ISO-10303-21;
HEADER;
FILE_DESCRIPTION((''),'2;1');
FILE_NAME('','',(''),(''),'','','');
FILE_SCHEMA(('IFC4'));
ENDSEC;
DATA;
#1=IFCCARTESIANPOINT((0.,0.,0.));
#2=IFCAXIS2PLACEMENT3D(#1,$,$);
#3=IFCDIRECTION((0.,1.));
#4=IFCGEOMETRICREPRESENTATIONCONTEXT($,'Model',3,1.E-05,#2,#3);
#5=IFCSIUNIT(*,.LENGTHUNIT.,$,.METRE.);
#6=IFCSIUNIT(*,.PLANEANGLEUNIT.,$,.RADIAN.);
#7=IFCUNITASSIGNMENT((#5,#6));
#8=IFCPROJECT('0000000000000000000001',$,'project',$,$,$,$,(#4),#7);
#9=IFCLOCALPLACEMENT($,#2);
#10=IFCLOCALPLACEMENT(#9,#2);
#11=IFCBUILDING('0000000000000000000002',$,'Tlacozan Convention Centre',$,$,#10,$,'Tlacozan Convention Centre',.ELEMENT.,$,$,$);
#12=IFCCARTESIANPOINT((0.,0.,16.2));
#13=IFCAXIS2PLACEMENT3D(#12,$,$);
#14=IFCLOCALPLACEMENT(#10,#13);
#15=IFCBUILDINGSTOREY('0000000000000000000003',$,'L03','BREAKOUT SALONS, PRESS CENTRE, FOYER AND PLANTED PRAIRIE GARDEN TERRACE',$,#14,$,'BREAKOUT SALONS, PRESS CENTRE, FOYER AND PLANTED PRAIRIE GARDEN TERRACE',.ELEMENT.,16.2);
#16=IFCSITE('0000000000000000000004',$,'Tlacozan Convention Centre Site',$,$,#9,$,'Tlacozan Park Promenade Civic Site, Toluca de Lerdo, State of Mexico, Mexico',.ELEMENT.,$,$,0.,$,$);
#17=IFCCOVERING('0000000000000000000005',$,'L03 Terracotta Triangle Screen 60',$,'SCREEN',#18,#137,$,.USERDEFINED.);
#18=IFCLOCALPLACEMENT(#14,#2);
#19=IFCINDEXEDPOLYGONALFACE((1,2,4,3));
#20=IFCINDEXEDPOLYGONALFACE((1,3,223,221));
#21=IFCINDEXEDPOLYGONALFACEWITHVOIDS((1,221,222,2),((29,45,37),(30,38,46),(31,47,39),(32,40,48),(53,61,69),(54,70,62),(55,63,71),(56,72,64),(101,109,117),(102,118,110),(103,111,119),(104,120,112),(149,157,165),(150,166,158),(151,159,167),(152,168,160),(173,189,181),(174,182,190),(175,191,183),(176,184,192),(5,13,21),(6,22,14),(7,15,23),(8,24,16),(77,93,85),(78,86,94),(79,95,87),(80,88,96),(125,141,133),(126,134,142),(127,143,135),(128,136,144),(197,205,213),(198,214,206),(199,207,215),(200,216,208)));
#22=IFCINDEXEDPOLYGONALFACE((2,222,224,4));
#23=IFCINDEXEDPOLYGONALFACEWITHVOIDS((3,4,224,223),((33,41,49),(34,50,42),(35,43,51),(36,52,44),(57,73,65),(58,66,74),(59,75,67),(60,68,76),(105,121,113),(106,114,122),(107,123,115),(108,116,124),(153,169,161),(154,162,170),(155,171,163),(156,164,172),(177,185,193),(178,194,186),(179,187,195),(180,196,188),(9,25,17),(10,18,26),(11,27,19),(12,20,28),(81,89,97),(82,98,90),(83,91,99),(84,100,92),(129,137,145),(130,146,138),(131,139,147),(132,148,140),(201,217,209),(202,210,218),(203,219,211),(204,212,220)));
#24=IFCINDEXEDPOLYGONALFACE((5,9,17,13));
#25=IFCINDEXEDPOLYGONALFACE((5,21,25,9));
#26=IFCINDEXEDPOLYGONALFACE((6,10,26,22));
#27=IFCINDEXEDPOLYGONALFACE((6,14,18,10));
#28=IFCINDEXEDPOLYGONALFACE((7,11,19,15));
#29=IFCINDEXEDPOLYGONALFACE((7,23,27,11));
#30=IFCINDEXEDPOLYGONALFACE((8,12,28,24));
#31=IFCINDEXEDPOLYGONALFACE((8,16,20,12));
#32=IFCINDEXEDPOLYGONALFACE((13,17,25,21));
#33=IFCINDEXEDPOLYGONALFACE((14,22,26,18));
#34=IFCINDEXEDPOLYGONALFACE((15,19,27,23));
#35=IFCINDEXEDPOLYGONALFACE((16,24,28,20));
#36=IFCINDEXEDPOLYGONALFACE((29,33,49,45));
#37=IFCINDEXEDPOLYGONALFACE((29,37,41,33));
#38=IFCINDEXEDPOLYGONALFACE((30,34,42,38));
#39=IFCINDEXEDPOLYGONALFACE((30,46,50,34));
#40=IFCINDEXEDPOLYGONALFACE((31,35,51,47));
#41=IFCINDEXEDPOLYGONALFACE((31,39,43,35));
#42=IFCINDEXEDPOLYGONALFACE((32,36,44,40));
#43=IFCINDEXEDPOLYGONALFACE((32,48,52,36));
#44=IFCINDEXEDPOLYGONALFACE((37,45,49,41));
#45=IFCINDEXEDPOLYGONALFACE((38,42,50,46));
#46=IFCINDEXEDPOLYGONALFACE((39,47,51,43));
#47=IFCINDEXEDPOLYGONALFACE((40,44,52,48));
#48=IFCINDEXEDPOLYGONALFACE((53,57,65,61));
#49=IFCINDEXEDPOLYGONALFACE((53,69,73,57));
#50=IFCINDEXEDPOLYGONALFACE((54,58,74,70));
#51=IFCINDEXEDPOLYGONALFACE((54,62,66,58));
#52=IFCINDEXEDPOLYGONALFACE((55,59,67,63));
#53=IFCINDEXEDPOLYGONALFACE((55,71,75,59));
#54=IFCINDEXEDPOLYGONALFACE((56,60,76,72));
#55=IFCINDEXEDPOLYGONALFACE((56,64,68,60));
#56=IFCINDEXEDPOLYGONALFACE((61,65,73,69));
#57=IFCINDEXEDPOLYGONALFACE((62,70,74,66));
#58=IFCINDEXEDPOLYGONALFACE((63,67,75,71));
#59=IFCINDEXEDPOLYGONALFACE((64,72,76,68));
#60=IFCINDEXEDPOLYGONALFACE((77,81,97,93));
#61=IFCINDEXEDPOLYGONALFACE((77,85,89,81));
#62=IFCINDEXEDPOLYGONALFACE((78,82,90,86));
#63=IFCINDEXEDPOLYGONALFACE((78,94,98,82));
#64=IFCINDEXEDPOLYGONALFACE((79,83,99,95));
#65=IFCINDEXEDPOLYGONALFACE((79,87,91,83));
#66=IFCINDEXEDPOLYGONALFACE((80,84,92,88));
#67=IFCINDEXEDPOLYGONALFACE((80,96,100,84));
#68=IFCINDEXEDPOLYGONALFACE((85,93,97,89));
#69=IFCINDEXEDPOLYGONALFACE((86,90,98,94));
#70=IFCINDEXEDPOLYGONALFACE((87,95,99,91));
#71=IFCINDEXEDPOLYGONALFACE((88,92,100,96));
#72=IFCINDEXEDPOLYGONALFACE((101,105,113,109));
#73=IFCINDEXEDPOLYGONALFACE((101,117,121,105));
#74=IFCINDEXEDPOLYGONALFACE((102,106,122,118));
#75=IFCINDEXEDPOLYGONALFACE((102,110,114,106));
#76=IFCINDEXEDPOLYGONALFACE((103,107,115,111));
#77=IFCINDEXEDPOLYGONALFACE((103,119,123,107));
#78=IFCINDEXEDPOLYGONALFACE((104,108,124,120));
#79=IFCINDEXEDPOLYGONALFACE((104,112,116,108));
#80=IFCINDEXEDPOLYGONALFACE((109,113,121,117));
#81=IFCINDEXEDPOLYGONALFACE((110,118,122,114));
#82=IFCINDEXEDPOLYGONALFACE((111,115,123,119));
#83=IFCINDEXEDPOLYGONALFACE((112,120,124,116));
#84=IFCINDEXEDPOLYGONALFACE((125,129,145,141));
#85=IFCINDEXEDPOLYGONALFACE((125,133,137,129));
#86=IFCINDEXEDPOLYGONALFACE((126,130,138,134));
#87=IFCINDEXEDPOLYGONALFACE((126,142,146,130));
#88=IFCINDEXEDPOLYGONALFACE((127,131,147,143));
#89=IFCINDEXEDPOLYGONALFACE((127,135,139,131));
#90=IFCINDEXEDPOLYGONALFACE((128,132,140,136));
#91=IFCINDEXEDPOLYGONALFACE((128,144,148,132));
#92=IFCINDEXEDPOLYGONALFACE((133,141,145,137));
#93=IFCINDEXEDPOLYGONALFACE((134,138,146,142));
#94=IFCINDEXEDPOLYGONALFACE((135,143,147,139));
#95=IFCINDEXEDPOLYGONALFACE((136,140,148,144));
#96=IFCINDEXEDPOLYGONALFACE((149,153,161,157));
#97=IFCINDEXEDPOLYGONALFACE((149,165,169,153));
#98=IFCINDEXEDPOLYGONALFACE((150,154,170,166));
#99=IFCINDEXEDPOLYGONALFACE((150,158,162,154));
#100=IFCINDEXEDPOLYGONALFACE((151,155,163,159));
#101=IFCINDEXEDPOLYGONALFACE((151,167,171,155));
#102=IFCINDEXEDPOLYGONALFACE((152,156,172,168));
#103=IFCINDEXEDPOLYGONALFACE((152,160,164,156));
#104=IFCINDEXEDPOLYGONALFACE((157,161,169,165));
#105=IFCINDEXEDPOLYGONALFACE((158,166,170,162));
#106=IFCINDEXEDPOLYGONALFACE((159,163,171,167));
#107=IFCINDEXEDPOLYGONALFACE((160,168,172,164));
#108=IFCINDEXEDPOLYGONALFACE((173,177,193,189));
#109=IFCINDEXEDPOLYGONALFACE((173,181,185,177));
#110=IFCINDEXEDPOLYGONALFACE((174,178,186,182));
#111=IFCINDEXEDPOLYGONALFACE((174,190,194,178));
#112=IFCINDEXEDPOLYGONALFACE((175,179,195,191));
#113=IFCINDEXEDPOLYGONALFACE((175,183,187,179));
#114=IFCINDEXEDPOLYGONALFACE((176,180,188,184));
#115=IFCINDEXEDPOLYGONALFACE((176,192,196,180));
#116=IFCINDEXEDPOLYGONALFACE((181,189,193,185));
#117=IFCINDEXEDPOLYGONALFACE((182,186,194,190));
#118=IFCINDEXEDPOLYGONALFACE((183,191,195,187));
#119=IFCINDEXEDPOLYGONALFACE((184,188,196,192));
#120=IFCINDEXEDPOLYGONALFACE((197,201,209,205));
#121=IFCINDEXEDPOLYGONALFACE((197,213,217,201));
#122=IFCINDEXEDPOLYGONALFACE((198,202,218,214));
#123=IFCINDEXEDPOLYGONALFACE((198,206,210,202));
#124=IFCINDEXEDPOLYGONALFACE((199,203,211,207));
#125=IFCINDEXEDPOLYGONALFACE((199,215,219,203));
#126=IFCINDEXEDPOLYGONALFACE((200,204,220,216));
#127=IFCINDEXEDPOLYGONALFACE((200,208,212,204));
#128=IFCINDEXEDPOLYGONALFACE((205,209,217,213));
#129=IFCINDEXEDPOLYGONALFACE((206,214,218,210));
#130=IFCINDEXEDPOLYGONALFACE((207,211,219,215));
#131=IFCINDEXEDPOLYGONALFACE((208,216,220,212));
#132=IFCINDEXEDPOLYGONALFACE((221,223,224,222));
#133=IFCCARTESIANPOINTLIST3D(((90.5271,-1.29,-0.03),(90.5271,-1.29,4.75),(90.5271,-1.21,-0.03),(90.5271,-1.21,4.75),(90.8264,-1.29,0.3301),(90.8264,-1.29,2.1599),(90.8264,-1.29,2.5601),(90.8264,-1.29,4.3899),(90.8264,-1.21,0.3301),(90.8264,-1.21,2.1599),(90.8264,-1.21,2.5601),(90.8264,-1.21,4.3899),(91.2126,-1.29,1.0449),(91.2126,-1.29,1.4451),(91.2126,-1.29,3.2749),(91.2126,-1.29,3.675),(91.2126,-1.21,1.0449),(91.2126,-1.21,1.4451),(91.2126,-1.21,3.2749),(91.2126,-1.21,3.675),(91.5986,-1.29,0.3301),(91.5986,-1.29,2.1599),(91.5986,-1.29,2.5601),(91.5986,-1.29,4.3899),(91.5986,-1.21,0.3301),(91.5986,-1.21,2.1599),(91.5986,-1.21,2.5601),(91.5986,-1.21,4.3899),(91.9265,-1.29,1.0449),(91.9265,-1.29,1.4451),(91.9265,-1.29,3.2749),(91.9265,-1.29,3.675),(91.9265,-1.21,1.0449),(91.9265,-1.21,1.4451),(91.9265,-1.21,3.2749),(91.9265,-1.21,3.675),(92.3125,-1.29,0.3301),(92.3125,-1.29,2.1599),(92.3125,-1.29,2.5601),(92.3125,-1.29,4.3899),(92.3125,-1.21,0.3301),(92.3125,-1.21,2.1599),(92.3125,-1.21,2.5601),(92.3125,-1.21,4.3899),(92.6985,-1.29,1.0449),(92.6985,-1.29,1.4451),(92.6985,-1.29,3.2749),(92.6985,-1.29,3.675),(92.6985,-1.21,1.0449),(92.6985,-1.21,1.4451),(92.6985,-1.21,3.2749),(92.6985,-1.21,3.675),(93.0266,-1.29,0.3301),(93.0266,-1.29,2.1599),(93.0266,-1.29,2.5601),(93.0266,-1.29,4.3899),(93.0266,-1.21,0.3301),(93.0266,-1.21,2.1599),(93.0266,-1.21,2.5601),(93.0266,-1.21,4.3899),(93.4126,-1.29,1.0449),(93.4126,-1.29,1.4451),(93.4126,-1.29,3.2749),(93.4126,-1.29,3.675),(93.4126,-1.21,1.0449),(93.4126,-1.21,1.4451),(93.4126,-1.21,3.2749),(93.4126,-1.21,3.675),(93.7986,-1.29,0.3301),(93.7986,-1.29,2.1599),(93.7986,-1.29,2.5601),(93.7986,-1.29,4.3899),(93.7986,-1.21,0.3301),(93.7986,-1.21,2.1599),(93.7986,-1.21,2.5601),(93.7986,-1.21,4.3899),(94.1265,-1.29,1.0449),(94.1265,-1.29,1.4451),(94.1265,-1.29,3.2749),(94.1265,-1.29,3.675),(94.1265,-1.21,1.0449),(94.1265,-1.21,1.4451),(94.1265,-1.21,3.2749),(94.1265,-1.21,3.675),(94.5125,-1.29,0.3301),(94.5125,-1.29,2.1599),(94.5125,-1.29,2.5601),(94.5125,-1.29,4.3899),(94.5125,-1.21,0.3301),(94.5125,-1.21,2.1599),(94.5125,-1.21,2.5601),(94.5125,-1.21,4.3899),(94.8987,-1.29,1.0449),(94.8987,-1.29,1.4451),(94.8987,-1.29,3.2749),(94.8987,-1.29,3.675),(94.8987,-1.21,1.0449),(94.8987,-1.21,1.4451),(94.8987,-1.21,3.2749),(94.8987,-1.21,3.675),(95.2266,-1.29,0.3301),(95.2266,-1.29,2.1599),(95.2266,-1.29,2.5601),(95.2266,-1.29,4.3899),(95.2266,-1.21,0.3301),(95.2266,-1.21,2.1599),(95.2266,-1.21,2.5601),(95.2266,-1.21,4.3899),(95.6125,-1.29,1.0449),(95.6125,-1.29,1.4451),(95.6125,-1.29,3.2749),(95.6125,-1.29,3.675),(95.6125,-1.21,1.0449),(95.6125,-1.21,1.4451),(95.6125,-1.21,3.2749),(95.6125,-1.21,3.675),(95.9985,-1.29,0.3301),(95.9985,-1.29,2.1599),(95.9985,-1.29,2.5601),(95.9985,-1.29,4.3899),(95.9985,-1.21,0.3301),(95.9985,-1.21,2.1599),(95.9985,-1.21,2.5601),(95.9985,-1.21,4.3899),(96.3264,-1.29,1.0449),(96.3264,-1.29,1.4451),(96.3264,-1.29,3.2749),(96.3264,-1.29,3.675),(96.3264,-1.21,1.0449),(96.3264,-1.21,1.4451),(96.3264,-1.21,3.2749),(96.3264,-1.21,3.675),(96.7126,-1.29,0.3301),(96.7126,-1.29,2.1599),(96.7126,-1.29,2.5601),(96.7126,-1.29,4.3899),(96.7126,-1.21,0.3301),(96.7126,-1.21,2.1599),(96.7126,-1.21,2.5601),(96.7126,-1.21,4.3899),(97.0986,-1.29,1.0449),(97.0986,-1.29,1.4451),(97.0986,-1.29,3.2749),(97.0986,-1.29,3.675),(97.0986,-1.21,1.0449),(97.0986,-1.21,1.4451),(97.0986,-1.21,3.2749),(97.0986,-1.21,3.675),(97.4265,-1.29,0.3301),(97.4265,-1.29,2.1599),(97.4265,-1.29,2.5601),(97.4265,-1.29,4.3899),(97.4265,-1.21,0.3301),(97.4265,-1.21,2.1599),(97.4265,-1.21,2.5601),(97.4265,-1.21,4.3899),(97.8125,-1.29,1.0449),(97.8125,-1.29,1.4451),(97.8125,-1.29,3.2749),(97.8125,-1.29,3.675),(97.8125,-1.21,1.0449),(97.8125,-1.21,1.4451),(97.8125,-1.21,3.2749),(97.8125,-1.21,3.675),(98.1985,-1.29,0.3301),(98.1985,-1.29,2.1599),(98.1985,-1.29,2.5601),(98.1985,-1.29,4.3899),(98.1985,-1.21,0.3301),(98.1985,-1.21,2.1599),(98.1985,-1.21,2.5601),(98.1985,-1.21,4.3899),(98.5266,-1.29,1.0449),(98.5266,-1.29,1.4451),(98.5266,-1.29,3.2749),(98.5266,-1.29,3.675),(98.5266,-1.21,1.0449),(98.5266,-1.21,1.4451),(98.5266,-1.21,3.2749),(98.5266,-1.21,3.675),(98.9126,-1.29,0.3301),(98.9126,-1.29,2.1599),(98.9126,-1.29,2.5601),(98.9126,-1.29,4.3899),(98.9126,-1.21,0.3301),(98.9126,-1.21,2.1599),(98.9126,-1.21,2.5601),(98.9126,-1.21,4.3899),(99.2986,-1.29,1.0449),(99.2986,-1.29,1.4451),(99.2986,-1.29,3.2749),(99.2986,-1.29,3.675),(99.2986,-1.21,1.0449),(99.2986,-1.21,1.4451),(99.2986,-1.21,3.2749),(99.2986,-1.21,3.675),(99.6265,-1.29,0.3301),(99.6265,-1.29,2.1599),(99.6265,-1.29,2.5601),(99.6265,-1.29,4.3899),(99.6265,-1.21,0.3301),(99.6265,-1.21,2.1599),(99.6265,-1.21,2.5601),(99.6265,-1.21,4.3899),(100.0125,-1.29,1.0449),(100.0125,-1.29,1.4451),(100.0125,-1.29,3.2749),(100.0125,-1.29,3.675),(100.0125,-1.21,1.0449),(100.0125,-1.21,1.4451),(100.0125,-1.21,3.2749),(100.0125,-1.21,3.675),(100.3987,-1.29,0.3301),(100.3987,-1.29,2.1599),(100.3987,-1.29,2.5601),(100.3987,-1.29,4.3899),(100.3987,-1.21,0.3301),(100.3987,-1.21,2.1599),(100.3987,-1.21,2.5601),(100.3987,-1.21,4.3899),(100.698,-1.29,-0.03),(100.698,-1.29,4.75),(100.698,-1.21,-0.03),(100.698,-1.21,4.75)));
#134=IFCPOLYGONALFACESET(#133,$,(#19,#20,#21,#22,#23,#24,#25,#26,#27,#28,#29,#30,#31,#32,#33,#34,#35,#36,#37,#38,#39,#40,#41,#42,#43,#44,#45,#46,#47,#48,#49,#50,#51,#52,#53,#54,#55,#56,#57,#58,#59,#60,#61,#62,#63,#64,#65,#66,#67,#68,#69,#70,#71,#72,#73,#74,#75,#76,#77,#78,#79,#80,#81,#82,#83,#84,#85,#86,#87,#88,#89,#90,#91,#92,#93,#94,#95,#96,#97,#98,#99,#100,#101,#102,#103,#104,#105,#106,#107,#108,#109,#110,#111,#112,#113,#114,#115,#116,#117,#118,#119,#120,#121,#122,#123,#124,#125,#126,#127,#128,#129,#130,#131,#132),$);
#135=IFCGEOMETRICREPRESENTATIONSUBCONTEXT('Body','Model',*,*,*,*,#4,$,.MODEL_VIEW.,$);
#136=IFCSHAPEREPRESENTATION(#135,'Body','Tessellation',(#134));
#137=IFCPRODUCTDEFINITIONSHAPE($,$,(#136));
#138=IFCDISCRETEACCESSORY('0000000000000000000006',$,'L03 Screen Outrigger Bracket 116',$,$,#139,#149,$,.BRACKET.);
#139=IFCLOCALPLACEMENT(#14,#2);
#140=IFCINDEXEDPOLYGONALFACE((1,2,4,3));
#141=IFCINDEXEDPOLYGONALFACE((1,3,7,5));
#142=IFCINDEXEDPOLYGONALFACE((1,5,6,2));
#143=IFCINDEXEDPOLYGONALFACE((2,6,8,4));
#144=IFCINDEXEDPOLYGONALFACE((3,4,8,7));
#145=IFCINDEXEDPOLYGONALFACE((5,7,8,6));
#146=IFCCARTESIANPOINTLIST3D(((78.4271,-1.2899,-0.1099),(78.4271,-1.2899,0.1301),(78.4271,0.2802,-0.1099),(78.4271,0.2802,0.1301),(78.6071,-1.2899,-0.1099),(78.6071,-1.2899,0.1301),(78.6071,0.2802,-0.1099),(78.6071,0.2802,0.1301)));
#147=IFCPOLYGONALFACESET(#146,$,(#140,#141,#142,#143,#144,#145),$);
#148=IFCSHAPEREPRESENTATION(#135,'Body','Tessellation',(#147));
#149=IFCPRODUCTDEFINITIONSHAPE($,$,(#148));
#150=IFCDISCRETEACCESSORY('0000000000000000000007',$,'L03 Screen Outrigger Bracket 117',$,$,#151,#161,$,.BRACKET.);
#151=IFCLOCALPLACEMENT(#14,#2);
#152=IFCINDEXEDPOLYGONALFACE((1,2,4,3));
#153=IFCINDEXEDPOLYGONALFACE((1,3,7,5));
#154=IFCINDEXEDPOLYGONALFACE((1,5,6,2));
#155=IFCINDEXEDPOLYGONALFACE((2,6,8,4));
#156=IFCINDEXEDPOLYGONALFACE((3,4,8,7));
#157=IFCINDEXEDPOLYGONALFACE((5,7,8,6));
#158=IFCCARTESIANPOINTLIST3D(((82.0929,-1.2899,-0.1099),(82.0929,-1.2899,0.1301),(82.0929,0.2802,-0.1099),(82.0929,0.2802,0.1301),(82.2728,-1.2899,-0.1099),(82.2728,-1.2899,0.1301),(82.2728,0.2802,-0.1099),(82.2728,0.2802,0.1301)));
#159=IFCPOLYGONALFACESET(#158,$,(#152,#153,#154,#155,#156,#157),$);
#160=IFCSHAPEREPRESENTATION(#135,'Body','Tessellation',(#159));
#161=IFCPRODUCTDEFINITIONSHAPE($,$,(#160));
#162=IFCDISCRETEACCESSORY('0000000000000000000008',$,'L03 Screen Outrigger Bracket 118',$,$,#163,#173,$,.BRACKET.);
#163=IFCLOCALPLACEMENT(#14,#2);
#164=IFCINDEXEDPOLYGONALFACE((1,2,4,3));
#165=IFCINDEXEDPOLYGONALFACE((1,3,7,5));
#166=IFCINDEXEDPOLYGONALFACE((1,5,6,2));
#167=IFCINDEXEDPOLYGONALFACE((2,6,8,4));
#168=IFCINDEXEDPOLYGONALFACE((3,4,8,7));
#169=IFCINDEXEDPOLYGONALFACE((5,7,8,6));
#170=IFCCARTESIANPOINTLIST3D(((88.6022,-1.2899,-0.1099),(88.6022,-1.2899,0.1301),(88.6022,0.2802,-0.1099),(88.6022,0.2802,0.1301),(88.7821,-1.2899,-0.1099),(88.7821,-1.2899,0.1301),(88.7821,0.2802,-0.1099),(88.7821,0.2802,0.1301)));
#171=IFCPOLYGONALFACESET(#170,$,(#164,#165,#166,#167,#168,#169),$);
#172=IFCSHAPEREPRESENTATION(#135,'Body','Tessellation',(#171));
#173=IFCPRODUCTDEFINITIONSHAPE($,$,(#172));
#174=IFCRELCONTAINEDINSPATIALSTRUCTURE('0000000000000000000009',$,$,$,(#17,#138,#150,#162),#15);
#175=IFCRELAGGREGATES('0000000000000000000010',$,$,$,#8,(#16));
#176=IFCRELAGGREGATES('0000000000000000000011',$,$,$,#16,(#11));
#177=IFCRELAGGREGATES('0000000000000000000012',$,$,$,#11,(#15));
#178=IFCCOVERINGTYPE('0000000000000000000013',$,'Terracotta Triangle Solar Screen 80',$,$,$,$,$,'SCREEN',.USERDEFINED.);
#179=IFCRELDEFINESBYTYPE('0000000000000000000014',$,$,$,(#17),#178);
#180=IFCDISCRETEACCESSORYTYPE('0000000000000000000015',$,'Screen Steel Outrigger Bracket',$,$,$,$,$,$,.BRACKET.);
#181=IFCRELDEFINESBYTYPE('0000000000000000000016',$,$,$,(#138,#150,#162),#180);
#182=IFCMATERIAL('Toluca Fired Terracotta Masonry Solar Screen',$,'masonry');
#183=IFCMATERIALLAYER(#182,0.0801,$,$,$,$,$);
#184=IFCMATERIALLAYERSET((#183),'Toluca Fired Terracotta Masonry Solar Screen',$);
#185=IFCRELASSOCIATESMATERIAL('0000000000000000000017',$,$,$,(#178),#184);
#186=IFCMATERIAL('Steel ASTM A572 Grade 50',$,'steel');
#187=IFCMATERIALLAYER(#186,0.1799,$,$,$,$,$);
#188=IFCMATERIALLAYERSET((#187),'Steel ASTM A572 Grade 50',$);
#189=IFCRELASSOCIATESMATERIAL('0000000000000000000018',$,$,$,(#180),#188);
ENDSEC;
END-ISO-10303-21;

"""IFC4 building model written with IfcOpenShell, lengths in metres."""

from ifc_helpers import new_model, si_unit, direction, frame, origin, origin_2d, place, context, subcontext, project, spatial, polyline, rectangle, outline, extrude, material, layer, layer_set, type_object, element, save


model = new_model("IFC4")

# Units and contexts
model_context = context("Model", 3, precision=1e-05, world=origin(), true_north=direction((0.0, 1.0)))
body_context = subcontext(model_context, "Body", "Model", "MODEL_VIEW")
ifc_project = project(units=[si_unit("LENGTHUNIT", "METRE"), si_unit("PLANEANGLEUNIT", "RADIAN")], contexts=[model_context])

# Site, building, storey
site_placement = place(None, origin())
site = spatial("IfcSite", under=ifc_project, at=site_placement, Name="Tlacozan Convention Centre Site", LongName="Tlacozan Park Promenade Civic Site, Toluca de Lerdo, State of Mexico, Mexico", CompositionType="ELEMENT", RefElevation=0.0)
building_placement = place(site_placement, origin())
building = spatial("IfcBuilding", under=site, at=building_placement, Name="Tlacozan Convention Centre", LongName="Tlacozan Convention Centre", CompositionType="ELEMENT")
storey_placement = place(building_placement, frame((0.0, 0.0, 16.2)))
storey = spatial("IfcBuildingStorey", under=building, at=storey_placement, Name="L03", Description="BREAKOUT SALONS, PRESS CENTRE, FOYER AND PLANTED PRAIRIE GARDEN TERRACE", LongName="BREAKOUT SALONS, PRESS CENTRE, FOYER AND PLANTED PRAIRIE GARDEN TERRACE", CompositionType="ELEMENT", Elevation=16.2)

# Covering
ifc_material_1 = material(Name="Toluca Fired Terracotta Masonry Solar Screen", Category="masonry")
ifc_layer_1 = layer(ifc_material_1, 0.0801)
ifc_layer_set_1 = layer_set([ifc_layer_1], Name="Toluca Fired Terracotta Masonry Solar Screen")
covering_type = type_object("IfcCoveringType", Name="Terracotta Triangle Solar Screen 80", ElementType="SCREEN", PredefinedType="USERDEFINED", material=ifc_layer_set_1)
covering_1_placement = place(storey_placement, frame((90.5271, -1.25, -0.03), z_axis=(0.0, 0.0, 1.0), x_axis=(1.0, 0.0, 0.0)))
element("IfcCovering", 1, at=covering_1_placement, inside=storey, type_object=covering_type, Name="L03 Terracotta Triangle Screen 60", ObjectType="SCREEN", PredefinedType="USERDEFINED", context=body_context, shape_type="SweptSolid", body=[
    extrude(outline(polyline([(0.0, 0.0), (10.1709, 0.0), (10.1709, 4.78), (0.0, 4.78), (0.0, 0.0)]), holes=[polyline([(0.2993, 0.3601), (1.0715, 0.3601), (0.6855, 1.075), (0.2993, 0.3601)]), polyline([(1.3994, 1.075), (2.1714, 1.075), (1.7854, 0.3601), (1.3994, 1.075)]), polyline([(2.4995, 0.3601), (3.2715, 0.3601), (2.8855, 1.075), (2.4995, 0.3601)]), polyline([(3.5994, 1.075), (4.3716, 1.075), (3.9854, 0.3601), (3.5994, 1.075)]), polyline([(4.6995, 0.3601), (5.4714, 0.3601), (5.0854, 1.075), (4.6995, 0.3601)]), polyline([(5.7993, 1.075), (6.5715, 1.075), (6.1855, 0.3601), (5.7993, 1.075)]), polyline([(6.8994, 0.3601), (7.6714, 0.3601), (7.2854, 1.075), (6.8994, 0.3601)]), polyline([(7.9995, 1.075), (8.7715, 1.075), (8.3855, 0.3601), (7.9995, 1.075)]), polyline([(9.0994, 0.3601), (9.8716, 0.3601), (9.4854, 1.075), (9.0994, 0.3601)]), polyline([(0.2993, 2.1899), (1.0715, 2.1899), (0.6855, 1.4751), (0.2993, 2.1899)]), polyline([(1.3994, 1.4751), (2.1714, 1.4751), (1.7854, 2.1899), (1.3994, 1.4751)]), polyline([(2.4995, 2.1899), (3.2715, 2.1899), (2.8855, 1.4751), (2.4995, 2.1899)]), polyline([(3.5994, 1.4751), (4.3716, 1.4751), (3.9854, 2.1899), (3.5994, 1.4751)]), polyline([(4.6995, 2.1899), (5.4714, 2.1899), (5.0854, 1.4751), (4.6995, 2.1899)]), polyline([(5.7993, 1.4751), (6.5715, 1.4751), (6.1855, 2.1899), (5.7993, 1.4751)]), polyline([(6.8994, 2.1899), (7.6714, 2.1899), (7.2854, 1.4751), (6.8994, 2.1899)]), polyline([(7.9995, 1.4751), (8.7715, 1.4751), (8.3855, 2.1899), (7.9995, 1.4751)]), polyline([(9.0994, 2.1899), (9.8716, 2.1899), (9.4854, 1.4751), (9.0994, 2.1899)]), polyline([(0.2993, 2.5901), (1.0715, 2.5901), (0.6855, 3.3049), (0.2993, 2.5901)]), polyline([(1.3994, 3.3049), (2.1714, 3.3049), (1.7854, 2.5901), (1.3994, 3.3049)]), polyline([(2.4995, 2.5901), (3.2715, 2.5901), (2.8855, 3.3049), (2.4995, 2.5901)]), polyline([(3.5994, 3.3049), (4.3716, 3.3049), (3.9854, 2.5901), (3.5994, 3.3049)]), polyline([(4.6995, 2.5901), (5.4714, 2.5901), (5.0854, 3.3049), (4.6995, 2.5901)]), polyline([(5.7993, 3.3049), (6.5715, 3.3049), (6.1855, 2.5901), (5.7993, 3.3049)]), polyline([(6.8994, 2.5901), (7.6714, 2.5901), (7.2854, 3.3049), (6.8994, 2.5901)]), polyline([(7.9995, 3.3049), (8.7715, 3.3049), (8.3855, 2.5901), (7.9995, 3.3049)]), polyline([(9.0994, 2.5901), (9.8716, 2.5901), (9.4854, 3.3049), (9.0994, 2.5901)]), polyline([(0.2993, 4.4199), (1.0715, 4.4199), (0.6855, 3.7051), (0.2993, 4.4199)]), polyline([(1.3994, 3.7051), (2.1714, 3.7051), (1.7854, 4.4199), (1.3994, 3.7051)]), polyline([(2.4995, 4.4199), (3.2715, 4.4199), (2.8855, 3.7051), (2.4995, 4.4199)]), polyline([(3.5994, 3.7051), (4.3716, 3.7051), (3.9854, 4.4199), (3.5994, 3.7051)]), polyline([(4.6995, 4.4199), (5.4714, 4.4199), (5.0854, 3.7051), (4.6995, 4.4199)]), polyline([(5.7993, 3.7051), (6.5715, 3.7051), (6.1855, 4.4199), (5.7993, 3.7051)]), polyline([(6.8994, 4.4199), (7.6714, 4.4199), (7.2854, 3.7051), (6.8994, 4.4199)]), polyline([(7.9995, 3.7051), (8.7715, 3.7051), (8.3855, 4.4199), (7.9995, 3.7051)]), polyline([(9.0994, 4.4199), (9.8716, 4.4199), (9.4854, 3.7051), (9.0994, 4.4199)])]), frame((0.0, 0.04, 0.0), z_axis=(0.0, -1.0, 0.0), x_axis=(1.0, 0.0, 0.0)), (0.0, 0.0, 1.0), 0.0801),
])

# Discrete accessories
ifc_material_2 = material(Name="Steel ASTM A572 Grade 50", Category="steel")
ifc_layer_2 = layer(ifc_material_2, 0.1799)
ifc_layer_set_2 = layer_set([ifc_layer_2], Name="Steel ASTM A572 Grade 50")
discrete_accessory_type = type_object("IfcDiscreteAccessoryType", Name="Screen Steel Outrigger Bracket", PredefinedType="BRACKET", material=ifc_layer_set_2)
for number, where, z_axis, x_axis, name in (
    (2, (78.5171, -0.5049, -0.1099), (0.0, 0.0, 1.0), (0.0, 1.0, 0.0), "L03 Screen Outrigger Bracket 116"),
    (3, (82.1829, -0.5049, -0.1099), (0.0, 0.0, 1.0), (0.0, 1.0, 0.0), "L03 Screen Outrigger Bracket 117"),
    (4, (88.6921, -0.5049, -0.1099), (0.0, 0.0, 1.0), (0.0, 1.0, 0.0), "L03 Screen Outrigger Bracket 118"),
):
    element("IfcDiscreteAccessory", number, at=place(storey_placement, frame(where, z_axis=z_axis, x_axis=x_axis)), inside=storey, type_object=discrete_accessory_type, Name=name, PredefinedType="BRACKET", context=body_context, shape_type="SweptSolid", body=[
        extrude(rectangle(XDim=1.5701, YDim=0.1799, at=origin_2d()), origin(), (0.0, 0.0, 1.0), 0.24),
    ])

save(model, "model.ifc")
